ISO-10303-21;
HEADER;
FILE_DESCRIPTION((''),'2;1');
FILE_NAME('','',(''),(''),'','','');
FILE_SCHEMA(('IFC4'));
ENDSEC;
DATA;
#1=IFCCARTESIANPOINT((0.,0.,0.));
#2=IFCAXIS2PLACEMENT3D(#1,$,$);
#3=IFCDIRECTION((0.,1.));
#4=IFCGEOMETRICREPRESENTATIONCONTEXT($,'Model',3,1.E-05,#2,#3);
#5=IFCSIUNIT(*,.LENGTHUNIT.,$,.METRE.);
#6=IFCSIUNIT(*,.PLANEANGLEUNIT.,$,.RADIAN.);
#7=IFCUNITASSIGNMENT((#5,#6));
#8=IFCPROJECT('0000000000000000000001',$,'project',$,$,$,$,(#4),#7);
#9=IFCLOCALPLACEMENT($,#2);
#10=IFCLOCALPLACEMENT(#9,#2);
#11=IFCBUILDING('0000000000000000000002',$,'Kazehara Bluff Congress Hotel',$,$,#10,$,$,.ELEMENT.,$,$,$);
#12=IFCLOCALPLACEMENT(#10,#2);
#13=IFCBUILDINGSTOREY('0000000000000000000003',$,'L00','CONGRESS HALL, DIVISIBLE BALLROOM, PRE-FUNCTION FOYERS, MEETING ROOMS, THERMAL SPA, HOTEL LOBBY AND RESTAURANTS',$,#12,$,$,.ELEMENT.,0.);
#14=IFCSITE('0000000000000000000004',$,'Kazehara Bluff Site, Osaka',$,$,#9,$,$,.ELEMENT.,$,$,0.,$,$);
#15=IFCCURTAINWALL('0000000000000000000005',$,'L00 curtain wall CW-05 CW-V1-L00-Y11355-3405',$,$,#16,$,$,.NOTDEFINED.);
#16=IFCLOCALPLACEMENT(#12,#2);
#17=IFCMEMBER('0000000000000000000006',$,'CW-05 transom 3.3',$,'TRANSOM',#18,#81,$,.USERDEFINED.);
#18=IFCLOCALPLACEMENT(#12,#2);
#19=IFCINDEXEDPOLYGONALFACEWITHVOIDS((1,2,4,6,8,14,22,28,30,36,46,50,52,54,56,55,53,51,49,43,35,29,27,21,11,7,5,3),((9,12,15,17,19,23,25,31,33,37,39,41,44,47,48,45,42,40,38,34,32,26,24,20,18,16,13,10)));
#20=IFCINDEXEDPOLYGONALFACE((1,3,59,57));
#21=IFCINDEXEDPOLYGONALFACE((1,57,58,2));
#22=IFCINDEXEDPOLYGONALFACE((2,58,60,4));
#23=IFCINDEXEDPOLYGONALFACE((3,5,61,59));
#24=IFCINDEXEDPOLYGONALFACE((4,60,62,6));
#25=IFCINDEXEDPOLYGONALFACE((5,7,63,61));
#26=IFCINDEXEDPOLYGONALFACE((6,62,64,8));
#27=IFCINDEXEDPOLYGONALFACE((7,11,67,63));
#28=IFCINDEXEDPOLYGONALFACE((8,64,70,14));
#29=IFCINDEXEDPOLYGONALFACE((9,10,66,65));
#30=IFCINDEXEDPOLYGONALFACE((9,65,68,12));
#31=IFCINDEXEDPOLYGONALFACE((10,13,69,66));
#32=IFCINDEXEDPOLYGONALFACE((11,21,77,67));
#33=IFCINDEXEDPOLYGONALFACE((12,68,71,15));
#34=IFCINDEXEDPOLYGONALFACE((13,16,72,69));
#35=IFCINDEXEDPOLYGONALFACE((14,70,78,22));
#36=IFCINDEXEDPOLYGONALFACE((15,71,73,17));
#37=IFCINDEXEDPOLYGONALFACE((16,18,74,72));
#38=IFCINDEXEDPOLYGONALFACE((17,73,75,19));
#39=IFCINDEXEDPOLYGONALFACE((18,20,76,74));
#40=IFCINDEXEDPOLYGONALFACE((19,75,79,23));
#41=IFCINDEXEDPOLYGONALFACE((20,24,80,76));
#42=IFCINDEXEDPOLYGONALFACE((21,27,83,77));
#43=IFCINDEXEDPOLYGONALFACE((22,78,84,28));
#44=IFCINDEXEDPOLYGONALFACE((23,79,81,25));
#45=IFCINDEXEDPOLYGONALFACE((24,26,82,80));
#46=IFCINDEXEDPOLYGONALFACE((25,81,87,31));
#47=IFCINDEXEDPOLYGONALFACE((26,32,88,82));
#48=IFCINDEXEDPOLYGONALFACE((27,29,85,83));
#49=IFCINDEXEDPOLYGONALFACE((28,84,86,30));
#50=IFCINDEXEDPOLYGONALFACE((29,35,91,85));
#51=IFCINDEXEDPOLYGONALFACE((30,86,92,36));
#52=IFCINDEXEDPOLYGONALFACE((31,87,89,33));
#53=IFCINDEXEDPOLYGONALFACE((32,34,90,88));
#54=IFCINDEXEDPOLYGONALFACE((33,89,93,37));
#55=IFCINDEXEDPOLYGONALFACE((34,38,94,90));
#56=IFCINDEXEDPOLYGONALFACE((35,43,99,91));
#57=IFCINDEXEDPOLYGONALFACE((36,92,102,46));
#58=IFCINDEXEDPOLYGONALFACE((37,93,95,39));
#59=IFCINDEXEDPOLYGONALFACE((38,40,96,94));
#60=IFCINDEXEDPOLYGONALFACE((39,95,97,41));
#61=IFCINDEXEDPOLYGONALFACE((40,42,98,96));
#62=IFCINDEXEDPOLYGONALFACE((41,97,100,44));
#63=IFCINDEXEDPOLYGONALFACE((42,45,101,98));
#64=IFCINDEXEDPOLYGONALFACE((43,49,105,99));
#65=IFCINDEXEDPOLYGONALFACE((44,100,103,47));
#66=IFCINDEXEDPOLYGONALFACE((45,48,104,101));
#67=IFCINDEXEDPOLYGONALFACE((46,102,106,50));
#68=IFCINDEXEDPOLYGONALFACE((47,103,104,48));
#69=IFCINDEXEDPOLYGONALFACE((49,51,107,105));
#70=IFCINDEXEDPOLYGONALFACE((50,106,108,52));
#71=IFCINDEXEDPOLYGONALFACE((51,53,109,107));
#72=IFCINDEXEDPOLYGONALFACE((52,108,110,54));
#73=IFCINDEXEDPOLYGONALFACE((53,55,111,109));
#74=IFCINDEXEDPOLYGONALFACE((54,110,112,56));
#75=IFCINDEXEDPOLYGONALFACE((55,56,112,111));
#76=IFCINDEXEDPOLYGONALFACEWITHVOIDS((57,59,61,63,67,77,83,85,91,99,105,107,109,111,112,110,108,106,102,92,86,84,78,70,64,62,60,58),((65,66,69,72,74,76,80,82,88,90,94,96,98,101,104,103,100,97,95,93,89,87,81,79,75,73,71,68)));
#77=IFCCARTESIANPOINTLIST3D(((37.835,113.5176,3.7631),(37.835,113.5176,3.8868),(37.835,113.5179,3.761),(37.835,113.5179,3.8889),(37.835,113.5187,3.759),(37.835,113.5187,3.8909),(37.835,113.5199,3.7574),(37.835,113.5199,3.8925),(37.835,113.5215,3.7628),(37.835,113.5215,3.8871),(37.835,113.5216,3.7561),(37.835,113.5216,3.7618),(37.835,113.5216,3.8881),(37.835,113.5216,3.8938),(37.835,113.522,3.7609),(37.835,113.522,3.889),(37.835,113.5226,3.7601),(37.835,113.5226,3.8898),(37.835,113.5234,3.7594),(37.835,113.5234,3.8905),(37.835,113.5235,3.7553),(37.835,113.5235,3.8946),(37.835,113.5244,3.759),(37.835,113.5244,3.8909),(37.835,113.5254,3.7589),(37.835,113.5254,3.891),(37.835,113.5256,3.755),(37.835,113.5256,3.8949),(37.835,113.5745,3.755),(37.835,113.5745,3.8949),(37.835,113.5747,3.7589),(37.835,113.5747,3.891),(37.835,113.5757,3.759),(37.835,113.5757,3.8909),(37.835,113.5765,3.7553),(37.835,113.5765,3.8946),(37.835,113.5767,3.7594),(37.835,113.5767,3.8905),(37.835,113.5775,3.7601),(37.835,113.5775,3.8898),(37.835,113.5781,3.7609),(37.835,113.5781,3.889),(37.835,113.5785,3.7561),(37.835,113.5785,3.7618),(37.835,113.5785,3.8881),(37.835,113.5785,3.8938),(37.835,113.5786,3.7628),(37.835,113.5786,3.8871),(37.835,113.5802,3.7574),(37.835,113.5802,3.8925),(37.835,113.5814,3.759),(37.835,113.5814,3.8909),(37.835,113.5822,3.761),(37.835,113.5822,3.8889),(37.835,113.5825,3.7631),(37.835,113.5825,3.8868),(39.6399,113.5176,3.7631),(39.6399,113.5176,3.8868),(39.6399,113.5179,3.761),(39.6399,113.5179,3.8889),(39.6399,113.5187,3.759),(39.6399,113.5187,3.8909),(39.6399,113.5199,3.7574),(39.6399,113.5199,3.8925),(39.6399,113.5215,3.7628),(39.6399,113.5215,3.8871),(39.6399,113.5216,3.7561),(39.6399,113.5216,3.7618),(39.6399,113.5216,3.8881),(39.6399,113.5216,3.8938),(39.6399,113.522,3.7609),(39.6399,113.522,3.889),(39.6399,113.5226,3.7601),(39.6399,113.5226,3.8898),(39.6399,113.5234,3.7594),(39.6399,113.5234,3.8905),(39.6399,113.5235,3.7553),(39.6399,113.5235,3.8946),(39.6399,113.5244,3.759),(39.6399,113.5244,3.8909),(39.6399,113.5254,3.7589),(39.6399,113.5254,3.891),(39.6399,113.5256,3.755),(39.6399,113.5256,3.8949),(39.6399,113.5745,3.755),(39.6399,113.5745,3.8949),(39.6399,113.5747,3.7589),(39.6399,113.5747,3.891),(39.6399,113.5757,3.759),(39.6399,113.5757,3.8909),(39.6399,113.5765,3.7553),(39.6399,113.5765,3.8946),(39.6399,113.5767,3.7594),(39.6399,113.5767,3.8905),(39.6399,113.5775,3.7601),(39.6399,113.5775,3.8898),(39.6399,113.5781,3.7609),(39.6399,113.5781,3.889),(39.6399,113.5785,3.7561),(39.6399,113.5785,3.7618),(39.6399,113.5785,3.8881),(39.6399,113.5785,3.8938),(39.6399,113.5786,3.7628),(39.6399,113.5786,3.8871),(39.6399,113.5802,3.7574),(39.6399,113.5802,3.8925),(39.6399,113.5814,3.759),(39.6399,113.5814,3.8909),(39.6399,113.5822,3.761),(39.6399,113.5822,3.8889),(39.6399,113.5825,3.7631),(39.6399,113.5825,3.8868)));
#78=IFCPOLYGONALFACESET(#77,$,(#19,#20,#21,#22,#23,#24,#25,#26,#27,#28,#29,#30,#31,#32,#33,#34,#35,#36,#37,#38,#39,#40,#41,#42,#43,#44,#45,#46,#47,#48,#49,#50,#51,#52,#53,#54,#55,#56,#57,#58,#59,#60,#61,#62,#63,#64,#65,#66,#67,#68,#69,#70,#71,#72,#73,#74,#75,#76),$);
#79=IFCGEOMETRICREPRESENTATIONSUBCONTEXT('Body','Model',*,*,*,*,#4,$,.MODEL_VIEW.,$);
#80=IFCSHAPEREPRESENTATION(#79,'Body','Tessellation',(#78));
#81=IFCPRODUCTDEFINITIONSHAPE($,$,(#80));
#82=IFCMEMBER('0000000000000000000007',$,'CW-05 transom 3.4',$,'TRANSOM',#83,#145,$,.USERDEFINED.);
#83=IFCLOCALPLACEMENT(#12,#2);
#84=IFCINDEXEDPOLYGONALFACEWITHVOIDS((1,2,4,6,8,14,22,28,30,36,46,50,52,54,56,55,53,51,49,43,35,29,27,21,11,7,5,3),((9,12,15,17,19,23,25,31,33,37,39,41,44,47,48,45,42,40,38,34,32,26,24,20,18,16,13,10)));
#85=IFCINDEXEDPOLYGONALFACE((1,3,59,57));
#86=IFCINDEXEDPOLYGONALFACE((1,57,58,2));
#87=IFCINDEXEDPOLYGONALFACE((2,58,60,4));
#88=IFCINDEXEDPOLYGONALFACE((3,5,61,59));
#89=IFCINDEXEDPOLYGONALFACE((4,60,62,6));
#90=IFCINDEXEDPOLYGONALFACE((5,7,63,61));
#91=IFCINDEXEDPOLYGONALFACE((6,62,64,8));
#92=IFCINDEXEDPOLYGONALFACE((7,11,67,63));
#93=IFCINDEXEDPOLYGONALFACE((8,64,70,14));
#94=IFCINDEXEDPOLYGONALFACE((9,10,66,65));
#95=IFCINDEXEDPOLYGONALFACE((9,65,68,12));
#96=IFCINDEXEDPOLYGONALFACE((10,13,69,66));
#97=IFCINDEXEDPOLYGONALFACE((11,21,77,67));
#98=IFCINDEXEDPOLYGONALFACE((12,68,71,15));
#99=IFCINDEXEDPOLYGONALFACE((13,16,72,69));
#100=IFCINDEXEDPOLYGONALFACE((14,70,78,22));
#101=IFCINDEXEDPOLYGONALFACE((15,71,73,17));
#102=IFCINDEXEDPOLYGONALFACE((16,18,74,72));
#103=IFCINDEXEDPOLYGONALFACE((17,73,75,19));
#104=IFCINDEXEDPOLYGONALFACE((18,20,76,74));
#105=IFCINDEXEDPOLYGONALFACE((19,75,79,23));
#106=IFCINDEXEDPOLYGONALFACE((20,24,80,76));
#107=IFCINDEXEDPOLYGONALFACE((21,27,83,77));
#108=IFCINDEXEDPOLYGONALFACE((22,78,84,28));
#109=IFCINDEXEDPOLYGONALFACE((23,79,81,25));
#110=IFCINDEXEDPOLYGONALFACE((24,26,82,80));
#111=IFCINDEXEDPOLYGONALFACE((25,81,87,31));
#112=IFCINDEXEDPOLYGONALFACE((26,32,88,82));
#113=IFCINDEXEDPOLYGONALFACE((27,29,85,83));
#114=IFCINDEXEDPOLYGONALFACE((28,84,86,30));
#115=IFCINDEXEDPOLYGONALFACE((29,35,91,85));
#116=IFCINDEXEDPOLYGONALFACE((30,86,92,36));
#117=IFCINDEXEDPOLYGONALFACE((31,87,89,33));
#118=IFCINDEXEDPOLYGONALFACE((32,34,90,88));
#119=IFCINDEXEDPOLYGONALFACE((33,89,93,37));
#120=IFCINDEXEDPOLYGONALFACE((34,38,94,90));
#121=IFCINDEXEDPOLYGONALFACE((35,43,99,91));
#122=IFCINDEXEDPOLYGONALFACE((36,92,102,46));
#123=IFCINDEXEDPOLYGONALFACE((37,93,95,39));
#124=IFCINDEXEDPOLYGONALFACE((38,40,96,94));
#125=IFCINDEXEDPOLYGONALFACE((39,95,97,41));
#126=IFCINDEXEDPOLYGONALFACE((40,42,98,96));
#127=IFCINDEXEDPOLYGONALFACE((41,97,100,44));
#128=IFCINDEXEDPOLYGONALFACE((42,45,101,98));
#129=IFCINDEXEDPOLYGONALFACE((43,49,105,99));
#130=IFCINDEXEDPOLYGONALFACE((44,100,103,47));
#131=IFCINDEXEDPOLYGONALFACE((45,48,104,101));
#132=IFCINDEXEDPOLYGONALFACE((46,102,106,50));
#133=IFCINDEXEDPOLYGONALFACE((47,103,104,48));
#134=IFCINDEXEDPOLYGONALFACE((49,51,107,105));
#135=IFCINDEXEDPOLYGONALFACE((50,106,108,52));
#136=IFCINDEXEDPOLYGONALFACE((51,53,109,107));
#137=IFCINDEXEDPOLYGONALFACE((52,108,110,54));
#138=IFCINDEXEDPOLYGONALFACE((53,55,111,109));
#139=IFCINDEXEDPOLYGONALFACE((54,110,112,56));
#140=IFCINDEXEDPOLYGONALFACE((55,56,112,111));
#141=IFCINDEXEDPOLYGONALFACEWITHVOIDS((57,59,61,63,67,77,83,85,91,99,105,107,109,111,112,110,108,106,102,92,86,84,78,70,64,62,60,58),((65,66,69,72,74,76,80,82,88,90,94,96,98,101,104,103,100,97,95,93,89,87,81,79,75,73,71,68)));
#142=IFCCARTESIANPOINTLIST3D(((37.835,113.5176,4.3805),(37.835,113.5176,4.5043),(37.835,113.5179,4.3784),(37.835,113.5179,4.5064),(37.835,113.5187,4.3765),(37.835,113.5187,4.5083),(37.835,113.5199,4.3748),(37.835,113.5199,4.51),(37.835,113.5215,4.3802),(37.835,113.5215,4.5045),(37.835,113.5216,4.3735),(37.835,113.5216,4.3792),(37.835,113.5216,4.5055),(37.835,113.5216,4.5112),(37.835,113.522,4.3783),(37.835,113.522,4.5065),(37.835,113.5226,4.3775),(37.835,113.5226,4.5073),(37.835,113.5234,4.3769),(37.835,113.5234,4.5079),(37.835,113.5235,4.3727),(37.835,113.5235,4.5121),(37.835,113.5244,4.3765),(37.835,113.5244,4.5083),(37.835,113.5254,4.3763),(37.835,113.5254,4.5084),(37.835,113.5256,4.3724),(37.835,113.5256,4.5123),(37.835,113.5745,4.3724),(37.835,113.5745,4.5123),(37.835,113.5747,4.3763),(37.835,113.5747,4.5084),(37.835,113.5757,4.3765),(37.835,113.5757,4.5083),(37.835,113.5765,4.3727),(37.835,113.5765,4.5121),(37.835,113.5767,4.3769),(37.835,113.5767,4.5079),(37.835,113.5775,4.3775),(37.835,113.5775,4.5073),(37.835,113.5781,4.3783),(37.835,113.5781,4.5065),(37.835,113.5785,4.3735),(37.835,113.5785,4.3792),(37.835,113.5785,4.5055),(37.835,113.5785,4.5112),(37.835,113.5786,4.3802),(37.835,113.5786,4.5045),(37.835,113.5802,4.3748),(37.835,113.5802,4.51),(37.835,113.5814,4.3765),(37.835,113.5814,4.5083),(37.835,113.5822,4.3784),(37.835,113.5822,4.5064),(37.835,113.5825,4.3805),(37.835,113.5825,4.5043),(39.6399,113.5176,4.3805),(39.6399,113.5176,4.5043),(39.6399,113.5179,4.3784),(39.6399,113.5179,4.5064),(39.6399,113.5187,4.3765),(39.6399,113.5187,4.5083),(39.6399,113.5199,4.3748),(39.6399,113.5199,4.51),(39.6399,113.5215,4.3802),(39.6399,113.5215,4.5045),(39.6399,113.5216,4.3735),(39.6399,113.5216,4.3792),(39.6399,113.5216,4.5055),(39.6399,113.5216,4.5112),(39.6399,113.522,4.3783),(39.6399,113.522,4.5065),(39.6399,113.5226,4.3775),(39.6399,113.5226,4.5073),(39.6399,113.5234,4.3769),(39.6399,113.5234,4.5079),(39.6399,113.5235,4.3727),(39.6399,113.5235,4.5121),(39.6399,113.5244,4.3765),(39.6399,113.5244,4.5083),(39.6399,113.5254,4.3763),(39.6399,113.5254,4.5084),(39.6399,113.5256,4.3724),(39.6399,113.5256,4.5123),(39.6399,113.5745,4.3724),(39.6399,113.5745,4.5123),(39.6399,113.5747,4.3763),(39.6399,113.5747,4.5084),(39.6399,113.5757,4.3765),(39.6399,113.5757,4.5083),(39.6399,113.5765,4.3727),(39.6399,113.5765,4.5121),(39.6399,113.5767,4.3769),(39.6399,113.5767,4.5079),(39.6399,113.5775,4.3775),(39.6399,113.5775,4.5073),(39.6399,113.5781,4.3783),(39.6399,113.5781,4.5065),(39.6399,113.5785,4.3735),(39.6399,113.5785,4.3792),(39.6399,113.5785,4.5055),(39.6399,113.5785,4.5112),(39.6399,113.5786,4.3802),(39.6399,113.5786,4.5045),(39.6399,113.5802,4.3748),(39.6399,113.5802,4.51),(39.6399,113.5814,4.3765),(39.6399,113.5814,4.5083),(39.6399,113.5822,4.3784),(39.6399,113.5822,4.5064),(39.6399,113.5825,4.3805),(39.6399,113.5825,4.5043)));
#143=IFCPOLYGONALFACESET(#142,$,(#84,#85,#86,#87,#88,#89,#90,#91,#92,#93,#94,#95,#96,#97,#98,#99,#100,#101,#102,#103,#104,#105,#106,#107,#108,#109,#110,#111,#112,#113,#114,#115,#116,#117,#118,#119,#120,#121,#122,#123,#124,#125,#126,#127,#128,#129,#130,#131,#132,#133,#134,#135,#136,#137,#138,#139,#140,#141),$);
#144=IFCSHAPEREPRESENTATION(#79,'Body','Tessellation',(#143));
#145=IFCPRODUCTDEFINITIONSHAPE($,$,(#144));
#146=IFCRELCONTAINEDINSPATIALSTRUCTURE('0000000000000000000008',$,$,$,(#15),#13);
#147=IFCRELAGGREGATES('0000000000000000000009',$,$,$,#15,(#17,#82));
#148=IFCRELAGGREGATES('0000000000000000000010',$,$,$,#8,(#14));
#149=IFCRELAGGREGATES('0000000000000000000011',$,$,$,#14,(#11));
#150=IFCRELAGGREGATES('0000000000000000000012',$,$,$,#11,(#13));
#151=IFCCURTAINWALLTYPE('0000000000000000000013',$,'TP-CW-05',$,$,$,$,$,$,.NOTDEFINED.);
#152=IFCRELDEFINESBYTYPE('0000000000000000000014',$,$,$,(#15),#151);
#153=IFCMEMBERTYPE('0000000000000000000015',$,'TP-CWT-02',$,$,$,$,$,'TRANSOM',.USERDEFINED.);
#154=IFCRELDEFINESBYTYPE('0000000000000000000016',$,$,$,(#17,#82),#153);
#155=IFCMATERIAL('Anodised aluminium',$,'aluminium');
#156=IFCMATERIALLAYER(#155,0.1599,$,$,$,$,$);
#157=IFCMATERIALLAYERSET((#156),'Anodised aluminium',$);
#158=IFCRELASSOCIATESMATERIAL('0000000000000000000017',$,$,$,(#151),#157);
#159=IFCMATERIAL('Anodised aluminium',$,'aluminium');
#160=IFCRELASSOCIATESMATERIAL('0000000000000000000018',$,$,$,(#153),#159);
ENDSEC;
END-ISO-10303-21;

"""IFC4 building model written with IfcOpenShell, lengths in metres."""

from ifc_helpers import new_model, si_unit, direction, frame, origin, origin_2d, place, context, subcontext, project, spatial, hollow_rectangle, extrude, material, layer, layer_set, material_profile, profile_set, type_object, element, aggregate, save


model = new_model("IFC4")

# Units and contexts
model_context = context("Model", 3, precision=1e-05, world=origin(), true_north=direction((0.0, 1.0)))
body_context = subcontext(model_context, "Body", "Model", "MODEL_VIEW")
ifc_project = project(units=[si_unit("LENGTHUNIT", "METRE"), si_unit("PLANEANGLEUNIT", "RADIAN")], contexts=[model_context])

# Site, building, storey
site_placement = place(None, origin())
site = spatial("IfcSite", under=ifc_project, at=site_placement, Name="Kazehara Bluff Site, Osaka", CompositionType="ELEMENT", RefElevation=0.0)
building_placement = place(site_placement, origin())
building = spatial("IfcBuilding", under=site, at=building_placement, Name="Kazehara Bluff Congress Hotel", CompositionType="ELEMENT")
storey_placement = place(building_placement, origin())
storey = spatial("IfcBuildingStorey", under=building, at=storey_placement, Name="L00", Description="CONGRESS HALL, DIVISIBLE BALLROOM, PRE-FUNCTION FOYERS, MEETING ROOMS, THERMAL SPA, HOTEL LOBBY AND RESTAURANTS", CompositionType="ELEMENT", Elevation=0.0)

# Curtain wall
ifc_material_1 = material(Name="Anodised aluminium", Category="aluminium")
ifc_layer_1 = layer(ifc_material_1, 0.1599)
ifc_layer_set_1 = layer_set([ifc_layer_1], Name="Anodised aluminium")
curtain_wall_type_1 = type_object("IfcCurtainWallType", Name="TP-CW-05", PredefinedType="NOTDEFINED", material=ifc_layer_set_1)
curtain_wall_1_placement = place(storey_placement, origin())
curtain_wall_1 = element("IfcCurtainWall", 1, at=curtain_wall_1_placement, inside=storey, type_object=curtain_wall_type_1, Name="L00 curtain wall CW-05 CW-V1-L00-Y11355-3405", PredefinedType="NOTDEFINED")

# Members
ifc_material_2 = material(Name="Anodised aluminium", Category="aluminium")
ifc_material_profile_1 = material_profile(ifc_material_2, hollow_rectangle(XDim=0.0649, YDim=0.1399, WallThickness=0.0039, InnerFilletRadius=0.0039, OuterFilletRadius=0.0081, at=origin_2d()))
ifc_profile_set_1 = profile_set([ifc_material_profile_1], Name="Anodised aluminium")
member_type_1 = type_object("IfcMemberType", Name="TP-CWT-02", ElementType="TRANSOM", PredefinedType="USERDEFINED", material=ifc_profile_set_1)
member_1_placement = place(storey_placement, frame((37.835, 113.55, 3.825), z_axis=(1.0, 0.0, 0.0), x_axis=(0.0, 1.0, 0.0)))
member_1 = element("IfcMember", 2, at=member_1_placement, type_object=member_type_1, Name="CW-05 transom 3.3", ObjectType="TRANSOM", PredefinedType="USERDEFINED", context=body_context, shape_type="SweptSolid", body=[
    extrude(hollow_rectangle(XDim=0.0649, YDim=0.1399, WallThickness=0.0039, InnerFilletRadius=0.0039, OuterFilletRadius=0.0081, at=origin_2d()), origin(), (0.0, 0.0, 1.0), 1.8049),
])
member_2_placement = place(storey_placement, frame((37.835, 113.55, 4.4424), z_axis=(1.0, 0.0, 0.0), x_axis=(0.0, 1.0, 0.0)))
member_2 = element("IfcMember", 3, at=member_2_placement, type_object=member_type_1, Name="CW-05 transom 3.4", ObjectType="TRANSOM", PredefinedType="USERDEFINED", context=body_context, shape_type="SweptSolid", body=[
    extrude(hollow_rectangle(XDim=0.0649, YDim=0.1399, WallThickness=0.0039, InnerFilletRadius=0.0039, OuterFilletRadius=0.0081, at=origin_2d()), origin(), (0.0, 0.0, 1.0), 1.8049),
])

aggregate(curtain_wall_1, [member_1, member_2])

save(model, "model.ifc")
